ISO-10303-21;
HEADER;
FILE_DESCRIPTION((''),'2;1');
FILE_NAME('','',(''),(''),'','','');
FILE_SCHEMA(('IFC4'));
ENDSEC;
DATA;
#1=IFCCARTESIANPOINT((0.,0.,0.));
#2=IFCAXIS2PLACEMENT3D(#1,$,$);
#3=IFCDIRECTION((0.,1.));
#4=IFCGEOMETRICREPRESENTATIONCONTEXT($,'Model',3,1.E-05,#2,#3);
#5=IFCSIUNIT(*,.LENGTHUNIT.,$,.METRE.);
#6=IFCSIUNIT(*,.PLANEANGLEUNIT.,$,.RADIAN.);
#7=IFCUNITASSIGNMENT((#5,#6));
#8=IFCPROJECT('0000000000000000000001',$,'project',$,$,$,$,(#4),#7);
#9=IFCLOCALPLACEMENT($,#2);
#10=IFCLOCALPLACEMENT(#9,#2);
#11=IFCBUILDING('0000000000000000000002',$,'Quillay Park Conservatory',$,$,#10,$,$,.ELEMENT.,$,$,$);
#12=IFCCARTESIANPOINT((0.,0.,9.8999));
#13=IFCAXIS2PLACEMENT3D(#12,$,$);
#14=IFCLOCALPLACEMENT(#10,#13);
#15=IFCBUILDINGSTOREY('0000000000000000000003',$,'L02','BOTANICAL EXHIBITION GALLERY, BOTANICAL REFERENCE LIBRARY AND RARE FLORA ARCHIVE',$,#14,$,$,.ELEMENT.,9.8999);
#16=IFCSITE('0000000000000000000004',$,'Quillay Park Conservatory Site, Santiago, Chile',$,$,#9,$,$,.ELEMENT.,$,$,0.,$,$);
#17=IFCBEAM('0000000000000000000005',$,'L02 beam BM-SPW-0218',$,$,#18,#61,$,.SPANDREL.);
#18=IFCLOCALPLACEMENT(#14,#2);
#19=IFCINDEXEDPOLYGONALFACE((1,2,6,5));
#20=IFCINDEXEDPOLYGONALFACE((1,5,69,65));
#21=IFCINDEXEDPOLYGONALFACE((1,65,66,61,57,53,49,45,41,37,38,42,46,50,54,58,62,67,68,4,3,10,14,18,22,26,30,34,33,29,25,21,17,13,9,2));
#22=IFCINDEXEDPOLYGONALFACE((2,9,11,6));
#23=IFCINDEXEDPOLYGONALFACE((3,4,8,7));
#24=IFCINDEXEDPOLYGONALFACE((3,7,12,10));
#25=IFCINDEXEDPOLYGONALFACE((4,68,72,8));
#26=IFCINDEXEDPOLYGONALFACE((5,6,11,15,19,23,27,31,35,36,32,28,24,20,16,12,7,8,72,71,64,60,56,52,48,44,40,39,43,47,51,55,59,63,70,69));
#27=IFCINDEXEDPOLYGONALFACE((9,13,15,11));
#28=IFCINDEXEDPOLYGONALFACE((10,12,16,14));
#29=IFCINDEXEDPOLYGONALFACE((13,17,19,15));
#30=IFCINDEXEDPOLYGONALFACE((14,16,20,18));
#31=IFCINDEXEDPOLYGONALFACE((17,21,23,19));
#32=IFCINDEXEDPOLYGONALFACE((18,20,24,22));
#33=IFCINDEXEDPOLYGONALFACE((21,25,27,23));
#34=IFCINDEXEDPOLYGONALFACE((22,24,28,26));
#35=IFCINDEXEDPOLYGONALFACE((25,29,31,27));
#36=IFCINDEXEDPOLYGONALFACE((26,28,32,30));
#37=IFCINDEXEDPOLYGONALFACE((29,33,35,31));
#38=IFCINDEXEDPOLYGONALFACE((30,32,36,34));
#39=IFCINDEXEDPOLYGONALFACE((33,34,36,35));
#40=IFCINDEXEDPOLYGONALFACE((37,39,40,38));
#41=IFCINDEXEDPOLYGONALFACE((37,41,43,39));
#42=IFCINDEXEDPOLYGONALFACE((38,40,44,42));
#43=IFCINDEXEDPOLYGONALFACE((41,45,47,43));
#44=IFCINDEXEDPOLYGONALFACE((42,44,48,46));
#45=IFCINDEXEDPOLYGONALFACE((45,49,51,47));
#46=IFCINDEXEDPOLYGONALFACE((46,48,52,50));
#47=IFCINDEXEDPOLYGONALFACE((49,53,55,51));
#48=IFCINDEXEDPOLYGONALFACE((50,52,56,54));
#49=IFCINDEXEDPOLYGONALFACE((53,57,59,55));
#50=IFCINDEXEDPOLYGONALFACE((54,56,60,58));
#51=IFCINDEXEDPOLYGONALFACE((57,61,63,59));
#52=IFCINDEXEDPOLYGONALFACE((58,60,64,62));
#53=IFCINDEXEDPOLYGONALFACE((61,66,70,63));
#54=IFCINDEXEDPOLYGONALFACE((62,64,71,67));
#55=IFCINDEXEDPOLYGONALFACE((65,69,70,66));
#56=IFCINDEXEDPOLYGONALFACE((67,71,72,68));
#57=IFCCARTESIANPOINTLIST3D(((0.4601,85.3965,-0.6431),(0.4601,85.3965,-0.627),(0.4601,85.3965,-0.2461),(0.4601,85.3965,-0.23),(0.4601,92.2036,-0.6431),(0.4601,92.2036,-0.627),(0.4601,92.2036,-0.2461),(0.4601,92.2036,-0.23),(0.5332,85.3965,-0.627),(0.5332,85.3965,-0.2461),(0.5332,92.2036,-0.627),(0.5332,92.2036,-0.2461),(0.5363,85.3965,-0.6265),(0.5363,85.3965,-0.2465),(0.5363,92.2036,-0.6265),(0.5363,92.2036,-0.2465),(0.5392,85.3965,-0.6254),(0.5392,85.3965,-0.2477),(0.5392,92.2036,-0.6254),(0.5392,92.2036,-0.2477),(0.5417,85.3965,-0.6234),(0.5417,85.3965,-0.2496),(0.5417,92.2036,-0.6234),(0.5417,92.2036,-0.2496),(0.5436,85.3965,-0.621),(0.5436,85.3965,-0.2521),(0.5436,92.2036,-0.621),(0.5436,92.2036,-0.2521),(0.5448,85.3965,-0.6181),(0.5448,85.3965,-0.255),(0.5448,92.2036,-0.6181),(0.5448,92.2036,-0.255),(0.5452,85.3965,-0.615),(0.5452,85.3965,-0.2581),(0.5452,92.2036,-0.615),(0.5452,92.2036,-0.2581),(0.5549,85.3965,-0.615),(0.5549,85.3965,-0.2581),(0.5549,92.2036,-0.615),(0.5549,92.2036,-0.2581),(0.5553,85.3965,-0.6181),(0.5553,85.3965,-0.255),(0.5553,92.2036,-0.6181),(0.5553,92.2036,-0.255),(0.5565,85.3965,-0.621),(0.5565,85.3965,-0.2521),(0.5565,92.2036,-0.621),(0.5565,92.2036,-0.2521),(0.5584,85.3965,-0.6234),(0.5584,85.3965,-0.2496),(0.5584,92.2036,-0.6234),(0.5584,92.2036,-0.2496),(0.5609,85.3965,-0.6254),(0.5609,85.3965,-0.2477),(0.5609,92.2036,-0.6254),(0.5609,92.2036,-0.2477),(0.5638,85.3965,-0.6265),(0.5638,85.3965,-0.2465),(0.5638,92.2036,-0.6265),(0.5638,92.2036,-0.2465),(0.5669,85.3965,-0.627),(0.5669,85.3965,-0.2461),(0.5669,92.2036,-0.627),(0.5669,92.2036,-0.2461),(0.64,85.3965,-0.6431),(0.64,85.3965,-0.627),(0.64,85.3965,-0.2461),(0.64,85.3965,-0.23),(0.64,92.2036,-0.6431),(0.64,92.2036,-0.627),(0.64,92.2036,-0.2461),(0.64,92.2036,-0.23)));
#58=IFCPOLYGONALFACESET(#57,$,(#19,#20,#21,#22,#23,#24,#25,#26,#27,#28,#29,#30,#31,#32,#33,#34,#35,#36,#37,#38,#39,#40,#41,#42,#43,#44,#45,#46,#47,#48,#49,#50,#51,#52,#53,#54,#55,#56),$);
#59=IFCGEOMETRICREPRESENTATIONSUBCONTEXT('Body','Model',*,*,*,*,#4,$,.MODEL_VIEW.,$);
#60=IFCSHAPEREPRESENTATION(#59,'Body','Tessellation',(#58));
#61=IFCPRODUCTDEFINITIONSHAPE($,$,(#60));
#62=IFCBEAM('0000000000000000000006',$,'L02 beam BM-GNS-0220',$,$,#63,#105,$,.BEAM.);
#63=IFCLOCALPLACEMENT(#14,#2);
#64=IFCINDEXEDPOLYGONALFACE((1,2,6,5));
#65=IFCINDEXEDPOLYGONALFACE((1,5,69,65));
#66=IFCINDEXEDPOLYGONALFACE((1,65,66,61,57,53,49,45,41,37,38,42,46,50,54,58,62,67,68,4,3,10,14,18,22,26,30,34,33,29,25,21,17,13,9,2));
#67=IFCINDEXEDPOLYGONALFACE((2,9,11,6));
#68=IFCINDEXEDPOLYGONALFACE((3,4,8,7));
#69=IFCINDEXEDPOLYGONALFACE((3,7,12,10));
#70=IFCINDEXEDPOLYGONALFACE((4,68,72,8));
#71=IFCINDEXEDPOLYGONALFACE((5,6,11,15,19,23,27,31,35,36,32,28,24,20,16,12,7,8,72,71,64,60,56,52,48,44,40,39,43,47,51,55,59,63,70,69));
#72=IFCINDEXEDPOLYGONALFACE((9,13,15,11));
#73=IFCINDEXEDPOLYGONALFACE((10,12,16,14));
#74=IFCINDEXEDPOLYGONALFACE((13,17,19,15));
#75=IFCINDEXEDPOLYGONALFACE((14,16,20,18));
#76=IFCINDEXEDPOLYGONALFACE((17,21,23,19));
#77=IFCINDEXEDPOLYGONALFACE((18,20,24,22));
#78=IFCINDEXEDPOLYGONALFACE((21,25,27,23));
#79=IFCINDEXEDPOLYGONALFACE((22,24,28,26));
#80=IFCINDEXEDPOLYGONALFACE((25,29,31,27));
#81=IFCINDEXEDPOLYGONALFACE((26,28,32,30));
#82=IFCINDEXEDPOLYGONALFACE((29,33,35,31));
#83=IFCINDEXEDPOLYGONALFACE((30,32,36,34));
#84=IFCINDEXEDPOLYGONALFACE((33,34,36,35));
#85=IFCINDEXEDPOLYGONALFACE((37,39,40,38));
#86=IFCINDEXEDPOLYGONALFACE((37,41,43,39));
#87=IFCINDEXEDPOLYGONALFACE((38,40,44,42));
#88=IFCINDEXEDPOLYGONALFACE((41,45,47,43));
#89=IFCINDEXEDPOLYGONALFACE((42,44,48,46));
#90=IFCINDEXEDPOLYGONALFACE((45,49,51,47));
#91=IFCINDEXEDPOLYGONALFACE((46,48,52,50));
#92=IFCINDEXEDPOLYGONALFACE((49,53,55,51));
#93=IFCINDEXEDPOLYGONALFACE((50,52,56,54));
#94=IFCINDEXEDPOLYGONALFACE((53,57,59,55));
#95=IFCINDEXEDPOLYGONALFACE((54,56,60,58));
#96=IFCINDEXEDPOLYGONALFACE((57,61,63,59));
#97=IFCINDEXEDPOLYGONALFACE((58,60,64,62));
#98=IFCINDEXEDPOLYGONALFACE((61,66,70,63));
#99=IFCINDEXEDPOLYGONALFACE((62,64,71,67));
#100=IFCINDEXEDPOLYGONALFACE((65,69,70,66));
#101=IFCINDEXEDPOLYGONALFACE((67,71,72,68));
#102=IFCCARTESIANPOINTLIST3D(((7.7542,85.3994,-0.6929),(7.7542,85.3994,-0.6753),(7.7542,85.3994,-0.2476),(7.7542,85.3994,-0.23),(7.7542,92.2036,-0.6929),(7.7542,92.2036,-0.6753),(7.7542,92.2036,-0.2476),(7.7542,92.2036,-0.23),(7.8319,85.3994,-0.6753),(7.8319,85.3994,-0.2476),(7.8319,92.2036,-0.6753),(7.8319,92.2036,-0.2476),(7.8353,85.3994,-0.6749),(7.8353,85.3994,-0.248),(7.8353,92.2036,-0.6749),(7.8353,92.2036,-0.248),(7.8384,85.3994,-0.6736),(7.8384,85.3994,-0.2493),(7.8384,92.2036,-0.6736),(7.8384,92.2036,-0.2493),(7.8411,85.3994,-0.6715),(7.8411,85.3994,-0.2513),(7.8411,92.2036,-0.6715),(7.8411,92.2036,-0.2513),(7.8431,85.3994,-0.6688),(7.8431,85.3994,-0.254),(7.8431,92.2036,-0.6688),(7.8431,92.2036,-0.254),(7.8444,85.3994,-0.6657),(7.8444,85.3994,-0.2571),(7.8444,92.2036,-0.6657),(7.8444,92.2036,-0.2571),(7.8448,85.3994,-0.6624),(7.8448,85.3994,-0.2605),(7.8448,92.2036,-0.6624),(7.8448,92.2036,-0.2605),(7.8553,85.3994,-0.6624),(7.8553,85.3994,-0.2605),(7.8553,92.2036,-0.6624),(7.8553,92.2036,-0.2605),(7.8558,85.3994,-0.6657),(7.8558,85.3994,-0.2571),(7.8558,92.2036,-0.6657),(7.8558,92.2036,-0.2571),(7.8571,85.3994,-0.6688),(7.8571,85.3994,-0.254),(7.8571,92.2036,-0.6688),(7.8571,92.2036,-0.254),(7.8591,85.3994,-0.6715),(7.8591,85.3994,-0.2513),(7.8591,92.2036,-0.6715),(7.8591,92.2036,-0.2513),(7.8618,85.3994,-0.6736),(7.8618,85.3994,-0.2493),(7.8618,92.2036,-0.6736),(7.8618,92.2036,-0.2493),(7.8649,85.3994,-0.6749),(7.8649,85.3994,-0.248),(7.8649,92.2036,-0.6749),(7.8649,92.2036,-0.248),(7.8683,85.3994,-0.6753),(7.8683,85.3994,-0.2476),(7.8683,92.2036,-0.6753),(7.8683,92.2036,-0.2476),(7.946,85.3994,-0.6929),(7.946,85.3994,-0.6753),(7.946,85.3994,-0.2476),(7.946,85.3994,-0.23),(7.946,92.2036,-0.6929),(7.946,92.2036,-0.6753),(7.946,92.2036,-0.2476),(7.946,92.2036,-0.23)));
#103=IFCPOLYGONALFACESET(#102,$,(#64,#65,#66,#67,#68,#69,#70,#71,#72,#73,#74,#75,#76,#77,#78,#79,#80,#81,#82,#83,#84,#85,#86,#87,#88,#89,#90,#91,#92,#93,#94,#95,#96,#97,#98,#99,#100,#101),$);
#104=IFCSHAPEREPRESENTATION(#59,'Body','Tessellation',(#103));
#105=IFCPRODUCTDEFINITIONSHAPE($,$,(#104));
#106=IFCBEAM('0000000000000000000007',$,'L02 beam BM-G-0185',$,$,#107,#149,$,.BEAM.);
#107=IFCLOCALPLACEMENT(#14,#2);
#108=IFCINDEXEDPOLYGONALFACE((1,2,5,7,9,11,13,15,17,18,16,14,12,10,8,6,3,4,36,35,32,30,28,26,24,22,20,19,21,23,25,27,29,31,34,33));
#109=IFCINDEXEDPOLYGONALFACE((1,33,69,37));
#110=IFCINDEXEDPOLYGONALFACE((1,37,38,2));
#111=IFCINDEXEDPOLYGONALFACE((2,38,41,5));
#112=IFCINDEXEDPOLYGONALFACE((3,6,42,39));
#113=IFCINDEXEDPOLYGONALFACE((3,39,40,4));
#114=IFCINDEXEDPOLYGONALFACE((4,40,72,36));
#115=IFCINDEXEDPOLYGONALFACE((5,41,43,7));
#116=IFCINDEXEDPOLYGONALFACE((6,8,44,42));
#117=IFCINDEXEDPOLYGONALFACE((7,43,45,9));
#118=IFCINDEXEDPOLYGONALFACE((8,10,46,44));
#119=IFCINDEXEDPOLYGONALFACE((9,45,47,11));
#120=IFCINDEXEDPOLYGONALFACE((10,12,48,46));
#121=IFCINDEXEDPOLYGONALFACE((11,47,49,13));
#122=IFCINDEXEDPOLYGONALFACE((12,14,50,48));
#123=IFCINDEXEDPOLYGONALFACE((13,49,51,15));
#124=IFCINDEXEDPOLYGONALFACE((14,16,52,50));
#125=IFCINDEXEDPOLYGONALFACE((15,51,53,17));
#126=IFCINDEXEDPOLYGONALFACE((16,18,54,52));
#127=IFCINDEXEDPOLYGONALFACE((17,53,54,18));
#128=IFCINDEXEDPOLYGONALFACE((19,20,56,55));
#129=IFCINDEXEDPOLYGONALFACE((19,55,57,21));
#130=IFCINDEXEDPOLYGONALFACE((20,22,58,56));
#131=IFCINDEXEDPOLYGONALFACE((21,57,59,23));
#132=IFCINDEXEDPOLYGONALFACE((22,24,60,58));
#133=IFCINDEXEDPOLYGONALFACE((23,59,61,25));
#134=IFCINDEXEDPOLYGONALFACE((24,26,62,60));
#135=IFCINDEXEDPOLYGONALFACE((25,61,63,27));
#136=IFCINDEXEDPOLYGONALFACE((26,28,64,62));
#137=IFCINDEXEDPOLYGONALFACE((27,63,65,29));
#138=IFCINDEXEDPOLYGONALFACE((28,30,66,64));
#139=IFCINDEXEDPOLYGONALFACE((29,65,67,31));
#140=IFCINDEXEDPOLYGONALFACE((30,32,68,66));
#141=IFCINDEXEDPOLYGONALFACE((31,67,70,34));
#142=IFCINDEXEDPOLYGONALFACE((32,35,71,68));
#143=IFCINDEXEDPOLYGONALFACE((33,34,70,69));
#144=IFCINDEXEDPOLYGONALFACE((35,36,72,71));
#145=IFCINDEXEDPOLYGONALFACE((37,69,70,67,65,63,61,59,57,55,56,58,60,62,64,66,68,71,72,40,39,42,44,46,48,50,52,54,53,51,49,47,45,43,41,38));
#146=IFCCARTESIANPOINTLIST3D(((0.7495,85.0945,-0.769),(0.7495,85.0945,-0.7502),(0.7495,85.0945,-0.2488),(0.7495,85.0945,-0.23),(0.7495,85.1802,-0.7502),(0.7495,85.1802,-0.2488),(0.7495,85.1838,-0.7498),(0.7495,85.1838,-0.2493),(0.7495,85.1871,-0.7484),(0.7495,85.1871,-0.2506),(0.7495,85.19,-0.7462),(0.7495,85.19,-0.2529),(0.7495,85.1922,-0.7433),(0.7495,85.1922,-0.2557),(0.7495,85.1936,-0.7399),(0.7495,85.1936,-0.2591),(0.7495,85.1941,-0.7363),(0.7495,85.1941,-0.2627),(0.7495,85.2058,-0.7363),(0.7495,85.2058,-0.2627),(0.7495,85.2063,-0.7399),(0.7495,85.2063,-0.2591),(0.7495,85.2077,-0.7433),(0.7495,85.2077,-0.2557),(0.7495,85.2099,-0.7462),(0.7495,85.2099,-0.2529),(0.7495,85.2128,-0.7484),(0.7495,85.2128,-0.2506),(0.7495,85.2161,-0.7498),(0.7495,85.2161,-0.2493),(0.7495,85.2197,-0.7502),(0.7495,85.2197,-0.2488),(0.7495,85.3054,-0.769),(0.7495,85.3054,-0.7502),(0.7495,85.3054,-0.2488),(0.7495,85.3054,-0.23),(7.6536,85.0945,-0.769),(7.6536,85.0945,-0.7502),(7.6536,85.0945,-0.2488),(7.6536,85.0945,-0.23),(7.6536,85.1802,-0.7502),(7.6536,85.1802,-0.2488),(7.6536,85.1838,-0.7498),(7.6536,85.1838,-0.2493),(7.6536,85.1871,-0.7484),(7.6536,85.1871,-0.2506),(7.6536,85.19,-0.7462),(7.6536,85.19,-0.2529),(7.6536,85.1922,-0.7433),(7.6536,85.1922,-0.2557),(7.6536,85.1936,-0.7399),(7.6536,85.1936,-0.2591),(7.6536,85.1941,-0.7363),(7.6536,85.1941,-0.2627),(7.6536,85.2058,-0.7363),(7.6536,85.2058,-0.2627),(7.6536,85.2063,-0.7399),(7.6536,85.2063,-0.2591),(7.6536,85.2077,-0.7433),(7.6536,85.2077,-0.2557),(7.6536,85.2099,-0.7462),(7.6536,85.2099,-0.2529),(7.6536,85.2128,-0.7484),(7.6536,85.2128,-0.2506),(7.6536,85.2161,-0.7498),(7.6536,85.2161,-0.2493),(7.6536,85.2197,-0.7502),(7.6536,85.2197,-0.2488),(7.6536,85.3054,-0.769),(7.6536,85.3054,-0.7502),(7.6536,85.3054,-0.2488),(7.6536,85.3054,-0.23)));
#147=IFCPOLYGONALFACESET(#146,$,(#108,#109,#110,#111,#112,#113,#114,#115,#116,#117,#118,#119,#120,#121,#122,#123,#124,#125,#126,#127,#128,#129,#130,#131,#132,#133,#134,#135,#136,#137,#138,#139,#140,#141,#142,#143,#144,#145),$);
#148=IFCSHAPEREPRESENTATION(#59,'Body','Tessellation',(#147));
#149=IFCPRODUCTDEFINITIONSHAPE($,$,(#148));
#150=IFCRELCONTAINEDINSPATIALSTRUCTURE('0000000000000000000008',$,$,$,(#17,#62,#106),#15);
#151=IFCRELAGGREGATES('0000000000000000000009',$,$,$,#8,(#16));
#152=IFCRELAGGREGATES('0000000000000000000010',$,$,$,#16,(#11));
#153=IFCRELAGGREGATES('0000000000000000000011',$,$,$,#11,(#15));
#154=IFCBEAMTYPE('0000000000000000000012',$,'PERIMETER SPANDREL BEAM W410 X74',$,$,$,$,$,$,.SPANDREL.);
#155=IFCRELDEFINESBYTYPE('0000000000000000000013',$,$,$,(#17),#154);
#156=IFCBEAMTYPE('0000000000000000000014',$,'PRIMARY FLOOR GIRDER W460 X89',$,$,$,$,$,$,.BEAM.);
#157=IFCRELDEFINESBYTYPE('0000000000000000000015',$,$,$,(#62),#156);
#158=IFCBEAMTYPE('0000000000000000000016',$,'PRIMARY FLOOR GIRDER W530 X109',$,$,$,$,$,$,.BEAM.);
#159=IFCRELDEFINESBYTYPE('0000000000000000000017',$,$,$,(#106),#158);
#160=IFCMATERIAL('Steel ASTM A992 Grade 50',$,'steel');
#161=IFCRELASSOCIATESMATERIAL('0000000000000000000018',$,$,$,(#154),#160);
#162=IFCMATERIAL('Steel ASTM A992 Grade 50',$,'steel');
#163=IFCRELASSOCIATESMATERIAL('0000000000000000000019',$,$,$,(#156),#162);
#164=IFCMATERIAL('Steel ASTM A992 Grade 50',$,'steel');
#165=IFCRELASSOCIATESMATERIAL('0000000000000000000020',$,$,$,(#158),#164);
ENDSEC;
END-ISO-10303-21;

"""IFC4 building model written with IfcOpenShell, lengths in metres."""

from ifc_helpers import new_model, si_unit, direction, frame, origin, origin_2d, place, context, subcontext, project, spatial, i_section, extrude, material, material_profile, profile_set, type_object, element, save


model = new_model("IFC4")

# Units and contexts
model_context = context("Model", 3, precision=1e-05, world=origin(), true_north=direction((0.0, 1.0)))
body_context = subcontext(model_context, "Body", "Model", "MODEL_VIEW")
ifc_project = project(units=[si_unit("LENGTHUNIT", "METRE"), si_unit("PLANEANGLEUNIT", "RADIAN")], contexts=[model_context])

# Site, building, storey
site_placement = place(None, origin())
site = spatial("IfcSite", under=ifc_project, at=site_placement, Name="Quillay Park Conservatory Site, Santiago, Chile", CompositionType="ELEMENT", RefElevation=0.0)
building_placement = place(site_placement, origin())
building = spatial("IfcBuilding", under=site, at=building_placement, Name="Quillay Park Conservatory", CompositionType="ELEMENT")
storey_placement = place(building_placement, frame((0.0, 0.0, 9.8999)))
storey = spatial("IfcBuildingStorey", under=building, at=storey_placement, Name="L02", Description="BOTANICAL EXHIBITION GALLERY, BOTANICAL REFERENCE LIBRARY AND RARE FLORA ARCHIVE", CompositionType="ELEMENT", Elevation=9.8999)

# Beams
ifc_material_1 = material(Name="Steel ASTM A992 Grade 50", Category="steel")
ifc_material_profile_1 = material_profile(ifc_material_1, i_section(OverallWidth=0.1799, OverallDepth=0.4131, WebThickness=0.0098, FlangeThickness=0.0161, FilletRadius=0.012, at=origin_2d()), Name="W410x74")
ifc_profile_set_1 = profile_set([ifc_material_profile_1], Name="Steel ASTM A992 Grade 50")
beam_type_1 = type_object("IfcBeamType", Name="PERIMETER SPANDREL BEAM W410 X74", PredefinedType="SPANDREL", material=ifc_profile_set_1)
beam_1_placement = place(storey_placement, frame((0.55, 85.3965, -0.4365), z_axis=(0.0, 1.0, 0.0), x_axis=(-1.0, 0.0, 0.0)))
element("IfcBeam", 1, at=beam_1_placement, inside=storey, type_object=beam_type_1, Name="L02 beam BM-SPW-0218", PredefinedType="SPANDREL", context=body_context, shape_type="SweptSolid", body=[
    extrude(i_section(OverallWidth=0.1799, OverallDepth=0.4131, WebThickness=0.0098, FlangeThickness=0.0161, FilletRadius=0.012, at=origin_2d()), origin(), (0.0, 0.0, 1.0), 6.8071),
])
ifc_material_2 = material(Name="Steel ASTM A992 Grade 50", Category="steel")
ifc_material_profile_2 = material_profile(ifc_material_2, i_section(OverallWidth=0.1919, OverallDepth=0.4629, WebThickness=0.0105, FlangeThickness=0.0176, FilletRadius=0.0129, at=origin_2d()), Name="W460x89")
ifc_profile_set_2 = profile_set([ifc_material_profile_2], Name="Steel ASTM A992 Grade 50")
beam_type_2 = type_object("IfcBeamType", Name="PRIMARY FLOOR GIRDER W460 X89", PredefinedType="BEAM", material=ifc_profile_set_2)
beam_2_placement = place(storey_placement, frame((7.8501, 85.3994, -0.4614), z_axis=(0.0, 1.0, 0.0), x_axis=(-1.0, 0.0, 0.0)))
element("IfcBeam", 2, at=beam_2_placement, inside=storey, type_object=beam_type_2, Name="L02 beam BM-GNS-0220", PredefinedType="BEAM", context=body_context, shape_type="SweptSolid", body=[
    extrude(i_section(OverallWidth=0.1919, OverallDepth=0.4629, WebThickness=0.0105, FlangeThickness=0.0176, FilletRadius=0.0129, at=origin_2d()), origin(), (0.0, 0.0, 1.0), 6.8042),
])
ifc_material_3 = material(Name="Steel ASTM A992 Grade 50", Category="steel")
ifc_material_profile_3 = material_profile(ifc_material_3, i_section(OverallWidth=0.2109, OverallDepth=0.5391, WebThickness=0.0117, FlangeThickness=0.0188, FilletRadius=0.0139, at=origin_2d()), Name="W530x109")
ifc_profile_set_3 = profile_set([ifc_material_profile_3], Name="Steel ASTM A992 Grade 50")
beam_type_3 = type_object("IfcBeamType", Name="PRIMARY FLOOR GIRDER W530 X109", PredefinedType="BEAM", material=ifc_profile_set_3)
beam_3_placement = place(storey_placement, frame((0.7495, 85.2, -0.4995), z_axis=(1.0, 0.0, 0.0), x_axis=(0.0, 1.0, 0.0)))
element("IfcBeam", 3, at=beam_3_placement, inside=storey, type_object=beam_type_3, Name="L02 beam BM-G-0185", PredefinedType="BEAM", context=body_context, shape_type="SweptSolid", body=[
    extrude(i_section(OverallWidth=0.2109, OverallDepth=0.5391, WebThickness=0.0117, FlangeThickness=0.0188, FilletRadius=0.0139, at=origin_2d()), origin(), (0.0, 0.0, 1.0), 6.9041),
])

save(model, "model.ifc")
